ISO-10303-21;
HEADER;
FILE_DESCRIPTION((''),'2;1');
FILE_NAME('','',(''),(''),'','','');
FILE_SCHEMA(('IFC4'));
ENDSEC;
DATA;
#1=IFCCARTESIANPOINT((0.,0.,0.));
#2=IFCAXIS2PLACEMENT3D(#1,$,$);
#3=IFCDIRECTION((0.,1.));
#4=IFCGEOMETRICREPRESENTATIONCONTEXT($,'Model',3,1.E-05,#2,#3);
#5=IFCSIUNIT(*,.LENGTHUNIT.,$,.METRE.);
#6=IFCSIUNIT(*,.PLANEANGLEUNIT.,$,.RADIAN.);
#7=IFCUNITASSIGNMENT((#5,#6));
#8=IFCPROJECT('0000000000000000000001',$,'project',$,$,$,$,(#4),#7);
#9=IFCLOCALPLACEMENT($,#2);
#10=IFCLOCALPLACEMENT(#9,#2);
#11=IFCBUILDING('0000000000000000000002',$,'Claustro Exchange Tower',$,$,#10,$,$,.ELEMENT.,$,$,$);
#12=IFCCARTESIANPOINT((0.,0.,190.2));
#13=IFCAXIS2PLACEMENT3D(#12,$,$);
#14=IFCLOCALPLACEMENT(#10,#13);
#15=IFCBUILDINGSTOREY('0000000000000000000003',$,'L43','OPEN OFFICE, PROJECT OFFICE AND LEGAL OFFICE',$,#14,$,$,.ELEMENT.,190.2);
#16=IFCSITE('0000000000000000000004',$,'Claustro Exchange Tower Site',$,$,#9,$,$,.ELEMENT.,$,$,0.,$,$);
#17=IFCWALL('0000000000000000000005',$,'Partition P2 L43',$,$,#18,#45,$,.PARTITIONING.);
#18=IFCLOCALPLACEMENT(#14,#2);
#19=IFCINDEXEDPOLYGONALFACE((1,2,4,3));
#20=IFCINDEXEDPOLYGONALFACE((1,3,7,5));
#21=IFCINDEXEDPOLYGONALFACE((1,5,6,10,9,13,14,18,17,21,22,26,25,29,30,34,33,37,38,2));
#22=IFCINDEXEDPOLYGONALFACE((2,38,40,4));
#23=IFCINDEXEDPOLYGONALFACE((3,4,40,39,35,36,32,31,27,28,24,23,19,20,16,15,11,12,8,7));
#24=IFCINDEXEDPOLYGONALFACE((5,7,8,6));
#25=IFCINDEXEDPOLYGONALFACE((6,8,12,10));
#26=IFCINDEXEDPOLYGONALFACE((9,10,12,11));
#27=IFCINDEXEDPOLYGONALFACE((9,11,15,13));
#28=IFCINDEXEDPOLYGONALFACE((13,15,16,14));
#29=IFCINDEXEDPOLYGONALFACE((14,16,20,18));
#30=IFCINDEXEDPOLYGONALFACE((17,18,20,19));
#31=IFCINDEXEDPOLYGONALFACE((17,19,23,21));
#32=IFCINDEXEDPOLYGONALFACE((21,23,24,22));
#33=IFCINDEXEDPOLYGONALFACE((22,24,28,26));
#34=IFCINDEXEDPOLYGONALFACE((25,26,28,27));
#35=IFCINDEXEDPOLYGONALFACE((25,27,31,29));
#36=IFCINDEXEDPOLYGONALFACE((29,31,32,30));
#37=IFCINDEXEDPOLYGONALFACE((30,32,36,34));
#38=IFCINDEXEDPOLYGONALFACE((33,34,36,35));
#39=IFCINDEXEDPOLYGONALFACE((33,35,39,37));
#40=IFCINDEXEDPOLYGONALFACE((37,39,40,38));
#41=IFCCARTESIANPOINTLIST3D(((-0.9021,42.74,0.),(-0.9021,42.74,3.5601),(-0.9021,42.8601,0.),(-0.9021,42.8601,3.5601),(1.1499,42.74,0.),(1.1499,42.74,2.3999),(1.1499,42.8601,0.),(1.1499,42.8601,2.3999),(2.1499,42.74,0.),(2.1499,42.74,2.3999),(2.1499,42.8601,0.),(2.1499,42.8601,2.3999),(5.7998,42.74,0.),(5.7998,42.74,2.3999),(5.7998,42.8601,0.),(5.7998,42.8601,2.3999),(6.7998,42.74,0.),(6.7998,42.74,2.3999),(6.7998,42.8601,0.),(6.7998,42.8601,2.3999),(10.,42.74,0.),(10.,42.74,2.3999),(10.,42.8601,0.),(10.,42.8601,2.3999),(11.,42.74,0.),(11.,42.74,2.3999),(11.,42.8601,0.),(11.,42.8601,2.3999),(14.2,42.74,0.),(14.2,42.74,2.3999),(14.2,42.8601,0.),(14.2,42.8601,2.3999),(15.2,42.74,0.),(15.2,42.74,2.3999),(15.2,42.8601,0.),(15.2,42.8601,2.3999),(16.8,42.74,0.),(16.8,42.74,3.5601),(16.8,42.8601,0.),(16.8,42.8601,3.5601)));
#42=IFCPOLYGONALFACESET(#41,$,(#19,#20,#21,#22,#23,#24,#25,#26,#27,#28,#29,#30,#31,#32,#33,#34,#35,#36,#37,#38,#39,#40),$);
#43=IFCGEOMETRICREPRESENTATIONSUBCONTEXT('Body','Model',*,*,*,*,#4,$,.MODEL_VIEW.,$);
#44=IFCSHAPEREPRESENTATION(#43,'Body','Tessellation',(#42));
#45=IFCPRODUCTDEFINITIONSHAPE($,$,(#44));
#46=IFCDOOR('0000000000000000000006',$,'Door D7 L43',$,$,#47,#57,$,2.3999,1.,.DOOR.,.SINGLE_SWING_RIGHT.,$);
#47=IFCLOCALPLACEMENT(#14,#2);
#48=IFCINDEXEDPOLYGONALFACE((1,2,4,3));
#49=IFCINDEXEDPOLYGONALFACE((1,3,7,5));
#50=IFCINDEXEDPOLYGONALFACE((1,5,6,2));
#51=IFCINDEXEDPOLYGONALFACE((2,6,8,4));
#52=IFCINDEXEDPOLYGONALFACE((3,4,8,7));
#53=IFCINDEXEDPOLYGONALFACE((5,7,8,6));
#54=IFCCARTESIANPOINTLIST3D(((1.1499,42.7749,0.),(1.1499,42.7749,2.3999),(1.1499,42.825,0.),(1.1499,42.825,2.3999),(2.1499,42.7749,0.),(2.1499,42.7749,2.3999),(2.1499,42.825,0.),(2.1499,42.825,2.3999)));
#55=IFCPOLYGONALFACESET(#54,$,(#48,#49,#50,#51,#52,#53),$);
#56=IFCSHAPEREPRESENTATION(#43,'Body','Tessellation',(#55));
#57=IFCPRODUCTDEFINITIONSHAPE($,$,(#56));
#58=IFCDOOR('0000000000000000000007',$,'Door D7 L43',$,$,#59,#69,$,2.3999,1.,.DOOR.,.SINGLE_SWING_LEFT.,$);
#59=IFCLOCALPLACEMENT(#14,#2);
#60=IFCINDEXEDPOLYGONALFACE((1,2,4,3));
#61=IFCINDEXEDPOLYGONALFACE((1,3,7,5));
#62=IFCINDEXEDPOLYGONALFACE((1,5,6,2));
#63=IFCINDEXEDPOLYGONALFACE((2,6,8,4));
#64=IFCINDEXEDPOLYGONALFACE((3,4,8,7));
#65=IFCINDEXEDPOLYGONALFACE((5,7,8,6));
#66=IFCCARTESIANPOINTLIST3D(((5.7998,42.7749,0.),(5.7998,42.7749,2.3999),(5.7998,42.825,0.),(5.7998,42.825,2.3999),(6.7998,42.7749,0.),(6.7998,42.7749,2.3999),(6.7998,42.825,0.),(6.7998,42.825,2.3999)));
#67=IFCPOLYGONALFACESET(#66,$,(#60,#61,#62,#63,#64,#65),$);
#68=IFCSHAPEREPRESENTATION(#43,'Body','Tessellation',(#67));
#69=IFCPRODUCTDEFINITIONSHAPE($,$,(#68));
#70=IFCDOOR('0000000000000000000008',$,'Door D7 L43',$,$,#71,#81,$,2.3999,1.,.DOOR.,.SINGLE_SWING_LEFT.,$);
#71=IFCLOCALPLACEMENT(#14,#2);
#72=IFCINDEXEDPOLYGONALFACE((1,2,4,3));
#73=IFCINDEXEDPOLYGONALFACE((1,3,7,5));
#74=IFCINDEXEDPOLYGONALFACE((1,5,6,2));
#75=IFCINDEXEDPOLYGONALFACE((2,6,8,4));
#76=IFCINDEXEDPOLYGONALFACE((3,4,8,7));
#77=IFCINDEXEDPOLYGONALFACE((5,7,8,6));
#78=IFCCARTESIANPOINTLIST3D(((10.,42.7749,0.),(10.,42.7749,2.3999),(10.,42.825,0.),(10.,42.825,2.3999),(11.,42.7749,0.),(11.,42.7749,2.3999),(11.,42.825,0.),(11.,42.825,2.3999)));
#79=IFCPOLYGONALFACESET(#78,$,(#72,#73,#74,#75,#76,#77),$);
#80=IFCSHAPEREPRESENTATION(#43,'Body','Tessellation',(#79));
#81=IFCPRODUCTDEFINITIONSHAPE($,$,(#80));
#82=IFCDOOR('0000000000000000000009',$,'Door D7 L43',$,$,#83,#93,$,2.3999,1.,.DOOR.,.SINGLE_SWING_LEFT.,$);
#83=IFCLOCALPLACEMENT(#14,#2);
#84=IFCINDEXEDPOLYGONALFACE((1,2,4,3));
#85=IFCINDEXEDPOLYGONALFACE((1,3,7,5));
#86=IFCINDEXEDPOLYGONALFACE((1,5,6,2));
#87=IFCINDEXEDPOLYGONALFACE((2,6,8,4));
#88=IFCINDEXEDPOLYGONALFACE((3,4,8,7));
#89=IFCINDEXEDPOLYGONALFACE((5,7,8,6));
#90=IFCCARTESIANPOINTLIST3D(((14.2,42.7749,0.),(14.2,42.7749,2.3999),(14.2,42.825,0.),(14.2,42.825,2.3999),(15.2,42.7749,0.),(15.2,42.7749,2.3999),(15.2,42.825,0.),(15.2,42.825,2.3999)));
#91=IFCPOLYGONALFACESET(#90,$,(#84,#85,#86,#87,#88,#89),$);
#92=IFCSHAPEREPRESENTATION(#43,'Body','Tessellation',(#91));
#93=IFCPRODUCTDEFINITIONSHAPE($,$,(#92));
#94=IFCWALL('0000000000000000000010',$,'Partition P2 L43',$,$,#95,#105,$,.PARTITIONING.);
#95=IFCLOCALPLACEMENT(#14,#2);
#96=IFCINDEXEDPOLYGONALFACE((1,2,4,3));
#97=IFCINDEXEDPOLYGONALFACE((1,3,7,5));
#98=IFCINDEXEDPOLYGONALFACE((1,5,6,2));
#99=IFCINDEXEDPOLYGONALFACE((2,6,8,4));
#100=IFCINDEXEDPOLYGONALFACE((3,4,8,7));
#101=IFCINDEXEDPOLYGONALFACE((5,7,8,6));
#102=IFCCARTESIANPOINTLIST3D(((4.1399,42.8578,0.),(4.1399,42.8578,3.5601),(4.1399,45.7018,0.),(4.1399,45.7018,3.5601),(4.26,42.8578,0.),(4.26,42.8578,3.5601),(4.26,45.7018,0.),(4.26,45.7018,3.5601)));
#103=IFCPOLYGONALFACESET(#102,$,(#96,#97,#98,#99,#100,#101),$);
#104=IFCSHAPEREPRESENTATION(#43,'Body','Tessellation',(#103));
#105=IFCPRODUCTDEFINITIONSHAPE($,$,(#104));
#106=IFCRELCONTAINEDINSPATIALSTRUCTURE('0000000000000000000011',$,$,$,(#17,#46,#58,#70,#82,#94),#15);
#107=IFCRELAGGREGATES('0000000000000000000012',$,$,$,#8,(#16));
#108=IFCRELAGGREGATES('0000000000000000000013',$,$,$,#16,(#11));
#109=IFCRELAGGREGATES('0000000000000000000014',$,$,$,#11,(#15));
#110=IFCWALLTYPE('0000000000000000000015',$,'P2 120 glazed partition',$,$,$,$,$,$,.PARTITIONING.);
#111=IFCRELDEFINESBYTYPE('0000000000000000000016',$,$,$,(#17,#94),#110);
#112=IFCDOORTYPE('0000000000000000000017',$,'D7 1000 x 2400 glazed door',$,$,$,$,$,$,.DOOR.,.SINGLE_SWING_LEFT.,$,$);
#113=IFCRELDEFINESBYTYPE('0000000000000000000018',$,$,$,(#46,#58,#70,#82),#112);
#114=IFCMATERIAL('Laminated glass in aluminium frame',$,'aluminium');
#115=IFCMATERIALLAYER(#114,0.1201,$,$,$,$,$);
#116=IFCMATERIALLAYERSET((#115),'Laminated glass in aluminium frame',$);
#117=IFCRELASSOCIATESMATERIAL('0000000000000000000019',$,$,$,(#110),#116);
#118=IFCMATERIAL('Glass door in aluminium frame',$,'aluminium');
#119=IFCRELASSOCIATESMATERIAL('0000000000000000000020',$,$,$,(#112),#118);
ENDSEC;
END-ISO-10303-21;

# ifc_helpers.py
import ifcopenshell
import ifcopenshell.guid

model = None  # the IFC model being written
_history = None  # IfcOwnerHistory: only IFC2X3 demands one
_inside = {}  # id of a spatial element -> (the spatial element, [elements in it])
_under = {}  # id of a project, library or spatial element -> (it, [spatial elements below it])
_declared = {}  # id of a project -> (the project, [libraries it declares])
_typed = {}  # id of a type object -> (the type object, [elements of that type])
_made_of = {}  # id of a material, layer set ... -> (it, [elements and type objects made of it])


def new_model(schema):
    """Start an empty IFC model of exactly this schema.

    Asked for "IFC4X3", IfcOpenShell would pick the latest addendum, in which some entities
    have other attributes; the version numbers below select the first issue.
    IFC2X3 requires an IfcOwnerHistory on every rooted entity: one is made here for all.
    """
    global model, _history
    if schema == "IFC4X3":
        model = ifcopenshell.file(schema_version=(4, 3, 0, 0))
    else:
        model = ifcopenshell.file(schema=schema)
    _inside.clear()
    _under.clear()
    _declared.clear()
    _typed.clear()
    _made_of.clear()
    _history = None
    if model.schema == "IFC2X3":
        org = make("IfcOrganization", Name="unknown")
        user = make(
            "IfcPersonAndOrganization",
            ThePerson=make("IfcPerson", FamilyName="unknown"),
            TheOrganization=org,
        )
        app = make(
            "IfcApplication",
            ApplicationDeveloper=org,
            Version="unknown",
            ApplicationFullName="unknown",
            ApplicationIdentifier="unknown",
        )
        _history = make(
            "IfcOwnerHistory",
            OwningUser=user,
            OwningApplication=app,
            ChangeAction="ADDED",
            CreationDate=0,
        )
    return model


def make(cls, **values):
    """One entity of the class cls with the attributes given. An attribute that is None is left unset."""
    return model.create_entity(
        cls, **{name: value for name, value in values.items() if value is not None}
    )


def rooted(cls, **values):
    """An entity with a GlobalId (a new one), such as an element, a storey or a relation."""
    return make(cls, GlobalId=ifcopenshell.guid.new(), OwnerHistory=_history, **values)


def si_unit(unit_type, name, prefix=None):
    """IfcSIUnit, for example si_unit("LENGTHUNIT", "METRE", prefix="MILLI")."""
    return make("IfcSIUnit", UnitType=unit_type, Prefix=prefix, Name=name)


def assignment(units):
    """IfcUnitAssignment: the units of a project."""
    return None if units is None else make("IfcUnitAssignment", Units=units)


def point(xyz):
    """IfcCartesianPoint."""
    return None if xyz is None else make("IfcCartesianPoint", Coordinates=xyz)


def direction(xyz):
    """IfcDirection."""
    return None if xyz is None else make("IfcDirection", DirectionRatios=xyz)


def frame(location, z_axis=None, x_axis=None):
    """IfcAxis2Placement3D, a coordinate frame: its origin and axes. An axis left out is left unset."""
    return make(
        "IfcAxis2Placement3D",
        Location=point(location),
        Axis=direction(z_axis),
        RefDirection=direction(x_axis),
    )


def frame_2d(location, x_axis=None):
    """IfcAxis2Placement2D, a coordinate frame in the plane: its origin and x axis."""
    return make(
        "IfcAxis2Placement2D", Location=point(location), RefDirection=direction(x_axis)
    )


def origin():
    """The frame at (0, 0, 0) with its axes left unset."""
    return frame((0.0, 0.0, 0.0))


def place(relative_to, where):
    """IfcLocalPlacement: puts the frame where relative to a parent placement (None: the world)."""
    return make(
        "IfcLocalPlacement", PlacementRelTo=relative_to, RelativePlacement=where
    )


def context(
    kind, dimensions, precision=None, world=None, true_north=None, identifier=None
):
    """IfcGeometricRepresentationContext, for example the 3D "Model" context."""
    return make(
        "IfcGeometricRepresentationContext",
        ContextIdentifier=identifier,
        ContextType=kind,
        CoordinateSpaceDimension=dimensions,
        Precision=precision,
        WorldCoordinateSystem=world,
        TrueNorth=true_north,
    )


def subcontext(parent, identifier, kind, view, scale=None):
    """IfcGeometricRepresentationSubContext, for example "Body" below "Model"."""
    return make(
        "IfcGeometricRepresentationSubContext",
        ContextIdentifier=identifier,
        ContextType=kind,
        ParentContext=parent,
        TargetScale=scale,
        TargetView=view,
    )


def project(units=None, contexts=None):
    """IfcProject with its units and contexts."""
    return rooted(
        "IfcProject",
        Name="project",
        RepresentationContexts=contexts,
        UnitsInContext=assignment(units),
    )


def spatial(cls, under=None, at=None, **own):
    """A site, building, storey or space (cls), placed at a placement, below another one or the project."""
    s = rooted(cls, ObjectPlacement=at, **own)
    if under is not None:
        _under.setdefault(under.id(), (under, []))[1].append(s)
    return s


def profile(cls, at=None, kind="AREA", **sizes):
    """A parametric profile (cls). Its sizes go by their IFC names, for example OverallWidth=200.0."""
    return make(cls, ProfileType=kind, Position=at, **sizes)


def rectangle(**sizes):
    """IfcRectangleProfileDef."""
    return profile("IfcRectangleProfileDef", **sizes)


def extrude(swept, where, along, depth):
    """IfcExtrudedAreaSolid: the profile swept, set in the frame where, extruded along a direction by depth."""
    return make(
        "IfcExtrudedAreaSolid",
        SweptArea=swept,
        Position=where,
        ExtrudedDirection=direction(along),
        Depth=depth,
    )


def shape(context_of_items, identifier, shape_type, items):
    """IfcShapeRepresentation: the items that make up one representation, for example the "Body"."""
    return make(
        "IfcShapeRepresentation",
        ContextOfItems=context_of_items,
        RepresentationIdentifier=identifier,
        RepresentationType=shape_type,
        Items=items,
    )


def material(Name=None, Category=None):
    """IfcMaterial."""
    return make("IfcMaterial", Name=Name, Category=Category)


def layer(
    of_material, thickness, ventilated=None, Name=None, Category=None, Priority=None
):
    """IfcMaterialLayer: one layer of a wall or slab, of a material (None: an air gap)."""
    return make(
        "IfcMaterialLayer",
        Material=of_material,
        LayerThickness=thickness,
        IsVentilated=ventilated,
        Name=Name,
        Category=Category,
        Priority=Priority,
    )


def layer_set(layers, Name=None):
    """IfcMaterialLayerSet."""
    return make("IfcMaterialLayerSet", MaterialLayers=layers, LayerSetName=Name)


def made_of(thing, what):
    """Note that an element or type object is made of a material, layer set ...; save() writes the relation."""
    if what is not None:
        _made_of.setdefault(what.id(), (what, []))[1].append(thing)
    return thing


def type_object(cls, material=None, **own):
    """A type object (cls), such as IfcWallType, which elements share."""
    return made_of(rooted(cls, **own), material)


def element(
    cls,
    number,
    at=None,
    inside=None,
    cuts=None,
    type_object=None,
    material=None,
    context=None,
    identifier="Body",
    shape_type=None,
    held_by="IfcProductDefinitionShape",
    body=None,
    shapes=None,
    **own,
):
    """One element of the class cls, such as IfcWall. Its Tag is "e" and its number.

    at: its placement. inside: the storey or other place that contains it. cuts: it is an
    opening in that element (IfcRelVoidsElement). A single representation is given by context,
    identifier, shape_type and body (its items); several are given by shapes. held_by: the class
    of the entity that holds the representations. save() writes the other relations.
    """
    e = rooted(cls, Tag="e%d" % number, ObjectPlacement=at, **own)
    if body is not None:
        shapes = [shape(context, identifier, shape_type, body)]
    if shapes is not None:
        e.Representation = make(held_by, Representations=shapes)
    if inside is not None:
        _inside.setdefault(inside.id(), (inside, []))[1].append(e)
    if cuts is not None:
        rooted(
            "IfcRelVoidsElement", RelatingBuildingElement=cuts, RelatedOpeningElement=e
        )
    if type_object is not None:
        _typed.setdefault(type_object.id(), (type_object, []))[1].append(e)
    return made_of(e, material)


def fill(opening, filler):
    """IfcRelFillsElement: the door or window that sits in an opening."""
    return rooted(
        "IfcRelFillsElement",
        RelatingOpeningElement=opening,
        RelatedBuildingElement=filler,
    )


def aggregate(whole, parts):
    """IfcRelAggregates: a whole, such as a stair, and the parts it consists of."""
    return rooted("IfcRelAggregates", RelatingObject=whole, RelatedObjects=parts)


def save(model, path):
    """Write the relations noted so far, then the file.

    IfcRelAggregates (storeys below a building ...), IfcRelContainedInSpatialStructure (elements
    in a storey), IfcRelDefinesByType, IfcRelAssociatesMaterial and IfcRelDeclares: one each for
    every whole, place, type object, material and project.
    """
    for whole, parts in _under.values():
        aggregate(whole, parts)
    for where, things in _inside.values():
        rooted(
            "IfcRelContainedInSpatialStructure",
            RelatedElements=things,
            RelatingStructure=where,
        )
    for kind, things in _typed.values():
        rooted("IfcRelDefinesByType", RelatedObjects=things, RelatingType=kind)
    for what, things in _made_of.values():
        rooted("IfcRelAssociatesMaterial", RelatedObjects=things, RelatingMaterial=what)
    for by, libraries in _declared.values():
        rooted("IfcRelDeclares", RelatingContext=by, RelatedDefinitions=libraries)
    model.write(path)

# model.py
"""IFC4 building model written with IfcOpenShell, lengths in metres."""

from ifc_helpers import new_model, si_unit, direction, frame, frame_2d, origin, place, context, subcontext, project, spatial, rectangle, extrude, material, layer, layer_set, type_object, element, fill, save


model = new_model("IFC4")

# Units and contexts
model_context = context("Model", 3, precision=1e-05, world=origin(), true_north=direction((0.0, 1.0)))
body_context = subcontext(model_context, "Body", "Model", "MODEL_VIEW")
ifc_project = project(units=[si_unit("LENGTHUNIT", "METRE"), si_unit("PLANEANGLEUNIT", "RADIAN")], contexts=[model_context])

# Site, building, storey
site_placement = place(None, origin())
site = spatial("IfcSite", under=ifc_project, at=site_placement, Name="Claustro Exchange Tower Site", CompositionType="ELEMENT", RefElevation=0.0)
building_placement = place(site_placement, origin())
building = spatial("IfcBuilding", under=site, at=building_placement, Name="Claustro Exchange Tower", CompositionType="ELEMENT")
storey_placement = place(building_placement, frame((0.0, 0.0, 190.2)))
storey = spatial("IfcBuildingStorey", under=building, at=storey_placement, Name="L43", Description="OPEN OFFICE, PROJECT OFFICE AND LEGAL OFFICE", CompositionType="ELEMENT", Elevation=190.2)

# Wall, openings, doors
ifc_material_1 = material(Name="Laminated glass in aluminium frame", Category="aluminium")
ifc_layer_1 = layer(ifc_material_1, 0.1201)
ifc_layer_set_1 = layer_set([ifc_layer_1], Name="Laminated glass in aluminium frame")
wall_type_1 = type_object("IfcWallType", Name="P2 120 glazed partition", PredefinedType="PARTITIONING", material=ifc_layer_set_1)
wall_1_placement = place(storey_placement, frame((-0.9021, 42.8, 0.0), z_axis=(0.0, 0.0, 1.0), x_axis=(1.0, 0.0, 0.0)))
wall_1 = element("IfcWall", 1, at=wall_1_placement, inside=storey, type_object=wall_type_1, Name="Partition P2 L43", PredefinedType="PARTITIONING", context=body_context, shape_type="SweptSolid", body=[
    extrude(rectangle(XDim=17.7021, YDim=0.1201, at=frame_2d((8.8511, 0.0))), origin(), (0.0, 0.0, 1.0), 3.5601),
])
opening_1_placement = place(wall_1_placement, frame((2.052, 0.0, 0.0)))
opening_1 = element("IfcOpeningElement", 2, at=opening_1_placement, cuts=wall_1, PredefinedType="OPENING", context=body_context, shape_type="SweptSolid", body=[
    extrude(rectangle(XDim=1.0, YDim=2.3999, at=frame_2d((0.5, 1.2))), frame((0.0, 0.0701, 0.0), z_axis=(0.0, -1.0, 0.0), x_axis=(1.0, 0.0, 0.0)), (0.0, 0.0, 1.0), 0.1401),
])
opening_2_placement = place(wall_1_placement, frame((6.7019, 0.0, 0.0)))
opening_2 = element("IfcOpeningElement", 3, at=opening_2_placement, cuts=wall_1, PredefinedType="OPENING", context=body_context, shape_type="SweptSolid", body=[
    extrude(rectangle(XDim=1.0, YDim=2.3999, at=frame_2d((0.5, 1.2))), frame((0.0, 0.0701, 0.0), z_axis=(0.0, -1.0, 0.0), x_axis=(1.0, 0.0, 0.0)), (0.0, 0.0, 1.0), 0.1401),
])
opening_3_placement = place(wall_1_placement, frame((10.9021, 0.0, 0.0)))
opening_3 = element("IfcOpeningElement", 4, at=opening_3_placement, cuts=wall_1, PredefinedType="OPENING", context=body_context, shape_type="SweptSolid", body=[
    extrude(rectangle(XDim=1.0, YDim=2.3999, at=frame_2d((0.5, 1.2))), frame((0.0, 0.0701, 0.0), z_axis=(0.0, -1.0, 0.0), x_axis=(1.0, 0.0, 0.0)), (0.0, 0.0, 1.0), 0.1401),
])
opening_4_placement = place(wall_1_placement, frame((15.1021, 0.0, 0.0)))
opening_4 = element("IfcOpeningElement", 5, at=opening_4_placement, cuts=wall_1, PredefinedType="OPENING", context=body_context, shape_type="SweptSolid", body=[
    extrude(rectangle(XDim=1.0, YDim=2.3999, at=frame_2d((0.5, 1.2))), frame((0.0, 0.0701, 0.0), z_axis=(0.0, -1.0, 0.0), x_axis=(1.0, 0.0, 0.0)), (0.0, 0.0, 1.0), 0.1401),
])
ifc_material_2 = material(Name="Glass door in aluminium frame", Category="aluminium")
door_type_1 = type_object("IfcDoorType", Name="D7 1000 x 2400 glazed door", OperationType="SINGLE_SWING_LEFT", PredefinedType="DOOR", material=ifc_material_2)
door_1_placement = place(opening_1_placement, origin())
door_1 = element("IfcDoor", 6, at=door_1_placement, inside=storey, type_object=door_type_1, Name="Door D7 L43", OperationType="SINGLE_SWING_RIGHT", OverallHeight=2.3999, OverallWidth=1.0, PredefinedType="DOOR", context=body_context, shape_type="SweptSolid", body=[
    extrude(rectangle(XDim=1.0, YDim=2.3999, at=frame_2d((0.5, 1.2))), frame((0.0, 0.0249, 0.0), z_axis=(0.0, -1.0, 0.0), x_axis=(1.0, 0.0, 0.0)), (0.0, 0.0, 1.0), 0.05),
])
fill(opening_1, door_1)
door_2_placement = place(opening_2_placement, origin())
door_2 = element("IfcDoor", 7, at=door_2_placement, inside=storey, type_object=door_type_1, Name="Door D7 L43", OperationType="SINGLE_SWING_LEFT", OverallHeight=2.3999, OverallWidth=1.0, PredefinedType="DOOR", context=body_context, shape_type="SweptSolid", body=[
    extrude(rectangle(XDim=1.0, YDim=2.3999, at=frame_2d((0.5, 1.2))), frame((0.0, 0.0249, 0.0), z_axis=(0.0, -1.0, 0.0), x_axis=(1.0, 0.0, 0.0)), (0.0, 0.0, 1.0), 0.05),
])
fill(opening_2, door_2)
door_3_placement = place(opening_3_placement, origin())
door_3 = element("IfcDoor", 8, at=door_3_placement, inside=storey, type_object=door_type_1, Name="Door D7 L43", OperationType="SINGLE_SWING_LEFT", OverallHeight=2.3999, OverallWidth=1.0, PredefinedType="DOOR", context=body_context, shape_type="SweptSolid", body=[
    extrude(rectangle(XDim=1.0, YDim=2.3999, at=frame_2d((0.5, 1.2))), frame((0.0, 0.0249, 0.0), z_axis=(0.0, -1.0, 0.0), x_axis=(1.0, 0.0, 0.0)), (0.0, 0.0, 1.0), 0.05),
])
fill(opening_3, door_3)
door_4_placement = place(opening_4_placement, origin())
door_4 = element("IfcDoor", 9, at=door_4_placement, inside=storey, type_object=door_type_1, Name="Door D7 L43", OperationType="SINGLE_SWING_LEFT", OverallHeight=2.3999, OverallWidth=1.0, PredefinedType="DOOR", context=body_context, shape_type="SweptSolid", body=[
    extrude(rectangle(XDim=1.0, YDim=2.3999, at=frame_2d((0.5, 1.2))), frame((0.0, 0.0249, 0.0), z_axis=(0.0, -1.0, 0.0), x_axis=(1.0, 0.0, 0.0)), (0.0, 0.0, 1.0), 0.05),
])
fill(opening_4, door_4)

# Wall
wall_2_placement = place(storey_placement, frame((4.2, 42.8579, 0.0), z_axis=(0.0, 0.0, 1.0), x_axis=(0.0, 1.0, 0.0)))
element("IfcWall", 10, at=wall_2_placement, inside=storey, type_object=wall_type_1, Name="Partition P2 L43", PredefinedType="PARTITIONING", context=body_context, shape_type="SweptSolid", body=[
    extrude(rectangle(XDim=2.844, YDim=0.1201, at=frame_2d((1.4219, 0.0))), origin(), (0.0, 0.0, 1.0), 3.5601),
])

save(model, "model.ifc")
